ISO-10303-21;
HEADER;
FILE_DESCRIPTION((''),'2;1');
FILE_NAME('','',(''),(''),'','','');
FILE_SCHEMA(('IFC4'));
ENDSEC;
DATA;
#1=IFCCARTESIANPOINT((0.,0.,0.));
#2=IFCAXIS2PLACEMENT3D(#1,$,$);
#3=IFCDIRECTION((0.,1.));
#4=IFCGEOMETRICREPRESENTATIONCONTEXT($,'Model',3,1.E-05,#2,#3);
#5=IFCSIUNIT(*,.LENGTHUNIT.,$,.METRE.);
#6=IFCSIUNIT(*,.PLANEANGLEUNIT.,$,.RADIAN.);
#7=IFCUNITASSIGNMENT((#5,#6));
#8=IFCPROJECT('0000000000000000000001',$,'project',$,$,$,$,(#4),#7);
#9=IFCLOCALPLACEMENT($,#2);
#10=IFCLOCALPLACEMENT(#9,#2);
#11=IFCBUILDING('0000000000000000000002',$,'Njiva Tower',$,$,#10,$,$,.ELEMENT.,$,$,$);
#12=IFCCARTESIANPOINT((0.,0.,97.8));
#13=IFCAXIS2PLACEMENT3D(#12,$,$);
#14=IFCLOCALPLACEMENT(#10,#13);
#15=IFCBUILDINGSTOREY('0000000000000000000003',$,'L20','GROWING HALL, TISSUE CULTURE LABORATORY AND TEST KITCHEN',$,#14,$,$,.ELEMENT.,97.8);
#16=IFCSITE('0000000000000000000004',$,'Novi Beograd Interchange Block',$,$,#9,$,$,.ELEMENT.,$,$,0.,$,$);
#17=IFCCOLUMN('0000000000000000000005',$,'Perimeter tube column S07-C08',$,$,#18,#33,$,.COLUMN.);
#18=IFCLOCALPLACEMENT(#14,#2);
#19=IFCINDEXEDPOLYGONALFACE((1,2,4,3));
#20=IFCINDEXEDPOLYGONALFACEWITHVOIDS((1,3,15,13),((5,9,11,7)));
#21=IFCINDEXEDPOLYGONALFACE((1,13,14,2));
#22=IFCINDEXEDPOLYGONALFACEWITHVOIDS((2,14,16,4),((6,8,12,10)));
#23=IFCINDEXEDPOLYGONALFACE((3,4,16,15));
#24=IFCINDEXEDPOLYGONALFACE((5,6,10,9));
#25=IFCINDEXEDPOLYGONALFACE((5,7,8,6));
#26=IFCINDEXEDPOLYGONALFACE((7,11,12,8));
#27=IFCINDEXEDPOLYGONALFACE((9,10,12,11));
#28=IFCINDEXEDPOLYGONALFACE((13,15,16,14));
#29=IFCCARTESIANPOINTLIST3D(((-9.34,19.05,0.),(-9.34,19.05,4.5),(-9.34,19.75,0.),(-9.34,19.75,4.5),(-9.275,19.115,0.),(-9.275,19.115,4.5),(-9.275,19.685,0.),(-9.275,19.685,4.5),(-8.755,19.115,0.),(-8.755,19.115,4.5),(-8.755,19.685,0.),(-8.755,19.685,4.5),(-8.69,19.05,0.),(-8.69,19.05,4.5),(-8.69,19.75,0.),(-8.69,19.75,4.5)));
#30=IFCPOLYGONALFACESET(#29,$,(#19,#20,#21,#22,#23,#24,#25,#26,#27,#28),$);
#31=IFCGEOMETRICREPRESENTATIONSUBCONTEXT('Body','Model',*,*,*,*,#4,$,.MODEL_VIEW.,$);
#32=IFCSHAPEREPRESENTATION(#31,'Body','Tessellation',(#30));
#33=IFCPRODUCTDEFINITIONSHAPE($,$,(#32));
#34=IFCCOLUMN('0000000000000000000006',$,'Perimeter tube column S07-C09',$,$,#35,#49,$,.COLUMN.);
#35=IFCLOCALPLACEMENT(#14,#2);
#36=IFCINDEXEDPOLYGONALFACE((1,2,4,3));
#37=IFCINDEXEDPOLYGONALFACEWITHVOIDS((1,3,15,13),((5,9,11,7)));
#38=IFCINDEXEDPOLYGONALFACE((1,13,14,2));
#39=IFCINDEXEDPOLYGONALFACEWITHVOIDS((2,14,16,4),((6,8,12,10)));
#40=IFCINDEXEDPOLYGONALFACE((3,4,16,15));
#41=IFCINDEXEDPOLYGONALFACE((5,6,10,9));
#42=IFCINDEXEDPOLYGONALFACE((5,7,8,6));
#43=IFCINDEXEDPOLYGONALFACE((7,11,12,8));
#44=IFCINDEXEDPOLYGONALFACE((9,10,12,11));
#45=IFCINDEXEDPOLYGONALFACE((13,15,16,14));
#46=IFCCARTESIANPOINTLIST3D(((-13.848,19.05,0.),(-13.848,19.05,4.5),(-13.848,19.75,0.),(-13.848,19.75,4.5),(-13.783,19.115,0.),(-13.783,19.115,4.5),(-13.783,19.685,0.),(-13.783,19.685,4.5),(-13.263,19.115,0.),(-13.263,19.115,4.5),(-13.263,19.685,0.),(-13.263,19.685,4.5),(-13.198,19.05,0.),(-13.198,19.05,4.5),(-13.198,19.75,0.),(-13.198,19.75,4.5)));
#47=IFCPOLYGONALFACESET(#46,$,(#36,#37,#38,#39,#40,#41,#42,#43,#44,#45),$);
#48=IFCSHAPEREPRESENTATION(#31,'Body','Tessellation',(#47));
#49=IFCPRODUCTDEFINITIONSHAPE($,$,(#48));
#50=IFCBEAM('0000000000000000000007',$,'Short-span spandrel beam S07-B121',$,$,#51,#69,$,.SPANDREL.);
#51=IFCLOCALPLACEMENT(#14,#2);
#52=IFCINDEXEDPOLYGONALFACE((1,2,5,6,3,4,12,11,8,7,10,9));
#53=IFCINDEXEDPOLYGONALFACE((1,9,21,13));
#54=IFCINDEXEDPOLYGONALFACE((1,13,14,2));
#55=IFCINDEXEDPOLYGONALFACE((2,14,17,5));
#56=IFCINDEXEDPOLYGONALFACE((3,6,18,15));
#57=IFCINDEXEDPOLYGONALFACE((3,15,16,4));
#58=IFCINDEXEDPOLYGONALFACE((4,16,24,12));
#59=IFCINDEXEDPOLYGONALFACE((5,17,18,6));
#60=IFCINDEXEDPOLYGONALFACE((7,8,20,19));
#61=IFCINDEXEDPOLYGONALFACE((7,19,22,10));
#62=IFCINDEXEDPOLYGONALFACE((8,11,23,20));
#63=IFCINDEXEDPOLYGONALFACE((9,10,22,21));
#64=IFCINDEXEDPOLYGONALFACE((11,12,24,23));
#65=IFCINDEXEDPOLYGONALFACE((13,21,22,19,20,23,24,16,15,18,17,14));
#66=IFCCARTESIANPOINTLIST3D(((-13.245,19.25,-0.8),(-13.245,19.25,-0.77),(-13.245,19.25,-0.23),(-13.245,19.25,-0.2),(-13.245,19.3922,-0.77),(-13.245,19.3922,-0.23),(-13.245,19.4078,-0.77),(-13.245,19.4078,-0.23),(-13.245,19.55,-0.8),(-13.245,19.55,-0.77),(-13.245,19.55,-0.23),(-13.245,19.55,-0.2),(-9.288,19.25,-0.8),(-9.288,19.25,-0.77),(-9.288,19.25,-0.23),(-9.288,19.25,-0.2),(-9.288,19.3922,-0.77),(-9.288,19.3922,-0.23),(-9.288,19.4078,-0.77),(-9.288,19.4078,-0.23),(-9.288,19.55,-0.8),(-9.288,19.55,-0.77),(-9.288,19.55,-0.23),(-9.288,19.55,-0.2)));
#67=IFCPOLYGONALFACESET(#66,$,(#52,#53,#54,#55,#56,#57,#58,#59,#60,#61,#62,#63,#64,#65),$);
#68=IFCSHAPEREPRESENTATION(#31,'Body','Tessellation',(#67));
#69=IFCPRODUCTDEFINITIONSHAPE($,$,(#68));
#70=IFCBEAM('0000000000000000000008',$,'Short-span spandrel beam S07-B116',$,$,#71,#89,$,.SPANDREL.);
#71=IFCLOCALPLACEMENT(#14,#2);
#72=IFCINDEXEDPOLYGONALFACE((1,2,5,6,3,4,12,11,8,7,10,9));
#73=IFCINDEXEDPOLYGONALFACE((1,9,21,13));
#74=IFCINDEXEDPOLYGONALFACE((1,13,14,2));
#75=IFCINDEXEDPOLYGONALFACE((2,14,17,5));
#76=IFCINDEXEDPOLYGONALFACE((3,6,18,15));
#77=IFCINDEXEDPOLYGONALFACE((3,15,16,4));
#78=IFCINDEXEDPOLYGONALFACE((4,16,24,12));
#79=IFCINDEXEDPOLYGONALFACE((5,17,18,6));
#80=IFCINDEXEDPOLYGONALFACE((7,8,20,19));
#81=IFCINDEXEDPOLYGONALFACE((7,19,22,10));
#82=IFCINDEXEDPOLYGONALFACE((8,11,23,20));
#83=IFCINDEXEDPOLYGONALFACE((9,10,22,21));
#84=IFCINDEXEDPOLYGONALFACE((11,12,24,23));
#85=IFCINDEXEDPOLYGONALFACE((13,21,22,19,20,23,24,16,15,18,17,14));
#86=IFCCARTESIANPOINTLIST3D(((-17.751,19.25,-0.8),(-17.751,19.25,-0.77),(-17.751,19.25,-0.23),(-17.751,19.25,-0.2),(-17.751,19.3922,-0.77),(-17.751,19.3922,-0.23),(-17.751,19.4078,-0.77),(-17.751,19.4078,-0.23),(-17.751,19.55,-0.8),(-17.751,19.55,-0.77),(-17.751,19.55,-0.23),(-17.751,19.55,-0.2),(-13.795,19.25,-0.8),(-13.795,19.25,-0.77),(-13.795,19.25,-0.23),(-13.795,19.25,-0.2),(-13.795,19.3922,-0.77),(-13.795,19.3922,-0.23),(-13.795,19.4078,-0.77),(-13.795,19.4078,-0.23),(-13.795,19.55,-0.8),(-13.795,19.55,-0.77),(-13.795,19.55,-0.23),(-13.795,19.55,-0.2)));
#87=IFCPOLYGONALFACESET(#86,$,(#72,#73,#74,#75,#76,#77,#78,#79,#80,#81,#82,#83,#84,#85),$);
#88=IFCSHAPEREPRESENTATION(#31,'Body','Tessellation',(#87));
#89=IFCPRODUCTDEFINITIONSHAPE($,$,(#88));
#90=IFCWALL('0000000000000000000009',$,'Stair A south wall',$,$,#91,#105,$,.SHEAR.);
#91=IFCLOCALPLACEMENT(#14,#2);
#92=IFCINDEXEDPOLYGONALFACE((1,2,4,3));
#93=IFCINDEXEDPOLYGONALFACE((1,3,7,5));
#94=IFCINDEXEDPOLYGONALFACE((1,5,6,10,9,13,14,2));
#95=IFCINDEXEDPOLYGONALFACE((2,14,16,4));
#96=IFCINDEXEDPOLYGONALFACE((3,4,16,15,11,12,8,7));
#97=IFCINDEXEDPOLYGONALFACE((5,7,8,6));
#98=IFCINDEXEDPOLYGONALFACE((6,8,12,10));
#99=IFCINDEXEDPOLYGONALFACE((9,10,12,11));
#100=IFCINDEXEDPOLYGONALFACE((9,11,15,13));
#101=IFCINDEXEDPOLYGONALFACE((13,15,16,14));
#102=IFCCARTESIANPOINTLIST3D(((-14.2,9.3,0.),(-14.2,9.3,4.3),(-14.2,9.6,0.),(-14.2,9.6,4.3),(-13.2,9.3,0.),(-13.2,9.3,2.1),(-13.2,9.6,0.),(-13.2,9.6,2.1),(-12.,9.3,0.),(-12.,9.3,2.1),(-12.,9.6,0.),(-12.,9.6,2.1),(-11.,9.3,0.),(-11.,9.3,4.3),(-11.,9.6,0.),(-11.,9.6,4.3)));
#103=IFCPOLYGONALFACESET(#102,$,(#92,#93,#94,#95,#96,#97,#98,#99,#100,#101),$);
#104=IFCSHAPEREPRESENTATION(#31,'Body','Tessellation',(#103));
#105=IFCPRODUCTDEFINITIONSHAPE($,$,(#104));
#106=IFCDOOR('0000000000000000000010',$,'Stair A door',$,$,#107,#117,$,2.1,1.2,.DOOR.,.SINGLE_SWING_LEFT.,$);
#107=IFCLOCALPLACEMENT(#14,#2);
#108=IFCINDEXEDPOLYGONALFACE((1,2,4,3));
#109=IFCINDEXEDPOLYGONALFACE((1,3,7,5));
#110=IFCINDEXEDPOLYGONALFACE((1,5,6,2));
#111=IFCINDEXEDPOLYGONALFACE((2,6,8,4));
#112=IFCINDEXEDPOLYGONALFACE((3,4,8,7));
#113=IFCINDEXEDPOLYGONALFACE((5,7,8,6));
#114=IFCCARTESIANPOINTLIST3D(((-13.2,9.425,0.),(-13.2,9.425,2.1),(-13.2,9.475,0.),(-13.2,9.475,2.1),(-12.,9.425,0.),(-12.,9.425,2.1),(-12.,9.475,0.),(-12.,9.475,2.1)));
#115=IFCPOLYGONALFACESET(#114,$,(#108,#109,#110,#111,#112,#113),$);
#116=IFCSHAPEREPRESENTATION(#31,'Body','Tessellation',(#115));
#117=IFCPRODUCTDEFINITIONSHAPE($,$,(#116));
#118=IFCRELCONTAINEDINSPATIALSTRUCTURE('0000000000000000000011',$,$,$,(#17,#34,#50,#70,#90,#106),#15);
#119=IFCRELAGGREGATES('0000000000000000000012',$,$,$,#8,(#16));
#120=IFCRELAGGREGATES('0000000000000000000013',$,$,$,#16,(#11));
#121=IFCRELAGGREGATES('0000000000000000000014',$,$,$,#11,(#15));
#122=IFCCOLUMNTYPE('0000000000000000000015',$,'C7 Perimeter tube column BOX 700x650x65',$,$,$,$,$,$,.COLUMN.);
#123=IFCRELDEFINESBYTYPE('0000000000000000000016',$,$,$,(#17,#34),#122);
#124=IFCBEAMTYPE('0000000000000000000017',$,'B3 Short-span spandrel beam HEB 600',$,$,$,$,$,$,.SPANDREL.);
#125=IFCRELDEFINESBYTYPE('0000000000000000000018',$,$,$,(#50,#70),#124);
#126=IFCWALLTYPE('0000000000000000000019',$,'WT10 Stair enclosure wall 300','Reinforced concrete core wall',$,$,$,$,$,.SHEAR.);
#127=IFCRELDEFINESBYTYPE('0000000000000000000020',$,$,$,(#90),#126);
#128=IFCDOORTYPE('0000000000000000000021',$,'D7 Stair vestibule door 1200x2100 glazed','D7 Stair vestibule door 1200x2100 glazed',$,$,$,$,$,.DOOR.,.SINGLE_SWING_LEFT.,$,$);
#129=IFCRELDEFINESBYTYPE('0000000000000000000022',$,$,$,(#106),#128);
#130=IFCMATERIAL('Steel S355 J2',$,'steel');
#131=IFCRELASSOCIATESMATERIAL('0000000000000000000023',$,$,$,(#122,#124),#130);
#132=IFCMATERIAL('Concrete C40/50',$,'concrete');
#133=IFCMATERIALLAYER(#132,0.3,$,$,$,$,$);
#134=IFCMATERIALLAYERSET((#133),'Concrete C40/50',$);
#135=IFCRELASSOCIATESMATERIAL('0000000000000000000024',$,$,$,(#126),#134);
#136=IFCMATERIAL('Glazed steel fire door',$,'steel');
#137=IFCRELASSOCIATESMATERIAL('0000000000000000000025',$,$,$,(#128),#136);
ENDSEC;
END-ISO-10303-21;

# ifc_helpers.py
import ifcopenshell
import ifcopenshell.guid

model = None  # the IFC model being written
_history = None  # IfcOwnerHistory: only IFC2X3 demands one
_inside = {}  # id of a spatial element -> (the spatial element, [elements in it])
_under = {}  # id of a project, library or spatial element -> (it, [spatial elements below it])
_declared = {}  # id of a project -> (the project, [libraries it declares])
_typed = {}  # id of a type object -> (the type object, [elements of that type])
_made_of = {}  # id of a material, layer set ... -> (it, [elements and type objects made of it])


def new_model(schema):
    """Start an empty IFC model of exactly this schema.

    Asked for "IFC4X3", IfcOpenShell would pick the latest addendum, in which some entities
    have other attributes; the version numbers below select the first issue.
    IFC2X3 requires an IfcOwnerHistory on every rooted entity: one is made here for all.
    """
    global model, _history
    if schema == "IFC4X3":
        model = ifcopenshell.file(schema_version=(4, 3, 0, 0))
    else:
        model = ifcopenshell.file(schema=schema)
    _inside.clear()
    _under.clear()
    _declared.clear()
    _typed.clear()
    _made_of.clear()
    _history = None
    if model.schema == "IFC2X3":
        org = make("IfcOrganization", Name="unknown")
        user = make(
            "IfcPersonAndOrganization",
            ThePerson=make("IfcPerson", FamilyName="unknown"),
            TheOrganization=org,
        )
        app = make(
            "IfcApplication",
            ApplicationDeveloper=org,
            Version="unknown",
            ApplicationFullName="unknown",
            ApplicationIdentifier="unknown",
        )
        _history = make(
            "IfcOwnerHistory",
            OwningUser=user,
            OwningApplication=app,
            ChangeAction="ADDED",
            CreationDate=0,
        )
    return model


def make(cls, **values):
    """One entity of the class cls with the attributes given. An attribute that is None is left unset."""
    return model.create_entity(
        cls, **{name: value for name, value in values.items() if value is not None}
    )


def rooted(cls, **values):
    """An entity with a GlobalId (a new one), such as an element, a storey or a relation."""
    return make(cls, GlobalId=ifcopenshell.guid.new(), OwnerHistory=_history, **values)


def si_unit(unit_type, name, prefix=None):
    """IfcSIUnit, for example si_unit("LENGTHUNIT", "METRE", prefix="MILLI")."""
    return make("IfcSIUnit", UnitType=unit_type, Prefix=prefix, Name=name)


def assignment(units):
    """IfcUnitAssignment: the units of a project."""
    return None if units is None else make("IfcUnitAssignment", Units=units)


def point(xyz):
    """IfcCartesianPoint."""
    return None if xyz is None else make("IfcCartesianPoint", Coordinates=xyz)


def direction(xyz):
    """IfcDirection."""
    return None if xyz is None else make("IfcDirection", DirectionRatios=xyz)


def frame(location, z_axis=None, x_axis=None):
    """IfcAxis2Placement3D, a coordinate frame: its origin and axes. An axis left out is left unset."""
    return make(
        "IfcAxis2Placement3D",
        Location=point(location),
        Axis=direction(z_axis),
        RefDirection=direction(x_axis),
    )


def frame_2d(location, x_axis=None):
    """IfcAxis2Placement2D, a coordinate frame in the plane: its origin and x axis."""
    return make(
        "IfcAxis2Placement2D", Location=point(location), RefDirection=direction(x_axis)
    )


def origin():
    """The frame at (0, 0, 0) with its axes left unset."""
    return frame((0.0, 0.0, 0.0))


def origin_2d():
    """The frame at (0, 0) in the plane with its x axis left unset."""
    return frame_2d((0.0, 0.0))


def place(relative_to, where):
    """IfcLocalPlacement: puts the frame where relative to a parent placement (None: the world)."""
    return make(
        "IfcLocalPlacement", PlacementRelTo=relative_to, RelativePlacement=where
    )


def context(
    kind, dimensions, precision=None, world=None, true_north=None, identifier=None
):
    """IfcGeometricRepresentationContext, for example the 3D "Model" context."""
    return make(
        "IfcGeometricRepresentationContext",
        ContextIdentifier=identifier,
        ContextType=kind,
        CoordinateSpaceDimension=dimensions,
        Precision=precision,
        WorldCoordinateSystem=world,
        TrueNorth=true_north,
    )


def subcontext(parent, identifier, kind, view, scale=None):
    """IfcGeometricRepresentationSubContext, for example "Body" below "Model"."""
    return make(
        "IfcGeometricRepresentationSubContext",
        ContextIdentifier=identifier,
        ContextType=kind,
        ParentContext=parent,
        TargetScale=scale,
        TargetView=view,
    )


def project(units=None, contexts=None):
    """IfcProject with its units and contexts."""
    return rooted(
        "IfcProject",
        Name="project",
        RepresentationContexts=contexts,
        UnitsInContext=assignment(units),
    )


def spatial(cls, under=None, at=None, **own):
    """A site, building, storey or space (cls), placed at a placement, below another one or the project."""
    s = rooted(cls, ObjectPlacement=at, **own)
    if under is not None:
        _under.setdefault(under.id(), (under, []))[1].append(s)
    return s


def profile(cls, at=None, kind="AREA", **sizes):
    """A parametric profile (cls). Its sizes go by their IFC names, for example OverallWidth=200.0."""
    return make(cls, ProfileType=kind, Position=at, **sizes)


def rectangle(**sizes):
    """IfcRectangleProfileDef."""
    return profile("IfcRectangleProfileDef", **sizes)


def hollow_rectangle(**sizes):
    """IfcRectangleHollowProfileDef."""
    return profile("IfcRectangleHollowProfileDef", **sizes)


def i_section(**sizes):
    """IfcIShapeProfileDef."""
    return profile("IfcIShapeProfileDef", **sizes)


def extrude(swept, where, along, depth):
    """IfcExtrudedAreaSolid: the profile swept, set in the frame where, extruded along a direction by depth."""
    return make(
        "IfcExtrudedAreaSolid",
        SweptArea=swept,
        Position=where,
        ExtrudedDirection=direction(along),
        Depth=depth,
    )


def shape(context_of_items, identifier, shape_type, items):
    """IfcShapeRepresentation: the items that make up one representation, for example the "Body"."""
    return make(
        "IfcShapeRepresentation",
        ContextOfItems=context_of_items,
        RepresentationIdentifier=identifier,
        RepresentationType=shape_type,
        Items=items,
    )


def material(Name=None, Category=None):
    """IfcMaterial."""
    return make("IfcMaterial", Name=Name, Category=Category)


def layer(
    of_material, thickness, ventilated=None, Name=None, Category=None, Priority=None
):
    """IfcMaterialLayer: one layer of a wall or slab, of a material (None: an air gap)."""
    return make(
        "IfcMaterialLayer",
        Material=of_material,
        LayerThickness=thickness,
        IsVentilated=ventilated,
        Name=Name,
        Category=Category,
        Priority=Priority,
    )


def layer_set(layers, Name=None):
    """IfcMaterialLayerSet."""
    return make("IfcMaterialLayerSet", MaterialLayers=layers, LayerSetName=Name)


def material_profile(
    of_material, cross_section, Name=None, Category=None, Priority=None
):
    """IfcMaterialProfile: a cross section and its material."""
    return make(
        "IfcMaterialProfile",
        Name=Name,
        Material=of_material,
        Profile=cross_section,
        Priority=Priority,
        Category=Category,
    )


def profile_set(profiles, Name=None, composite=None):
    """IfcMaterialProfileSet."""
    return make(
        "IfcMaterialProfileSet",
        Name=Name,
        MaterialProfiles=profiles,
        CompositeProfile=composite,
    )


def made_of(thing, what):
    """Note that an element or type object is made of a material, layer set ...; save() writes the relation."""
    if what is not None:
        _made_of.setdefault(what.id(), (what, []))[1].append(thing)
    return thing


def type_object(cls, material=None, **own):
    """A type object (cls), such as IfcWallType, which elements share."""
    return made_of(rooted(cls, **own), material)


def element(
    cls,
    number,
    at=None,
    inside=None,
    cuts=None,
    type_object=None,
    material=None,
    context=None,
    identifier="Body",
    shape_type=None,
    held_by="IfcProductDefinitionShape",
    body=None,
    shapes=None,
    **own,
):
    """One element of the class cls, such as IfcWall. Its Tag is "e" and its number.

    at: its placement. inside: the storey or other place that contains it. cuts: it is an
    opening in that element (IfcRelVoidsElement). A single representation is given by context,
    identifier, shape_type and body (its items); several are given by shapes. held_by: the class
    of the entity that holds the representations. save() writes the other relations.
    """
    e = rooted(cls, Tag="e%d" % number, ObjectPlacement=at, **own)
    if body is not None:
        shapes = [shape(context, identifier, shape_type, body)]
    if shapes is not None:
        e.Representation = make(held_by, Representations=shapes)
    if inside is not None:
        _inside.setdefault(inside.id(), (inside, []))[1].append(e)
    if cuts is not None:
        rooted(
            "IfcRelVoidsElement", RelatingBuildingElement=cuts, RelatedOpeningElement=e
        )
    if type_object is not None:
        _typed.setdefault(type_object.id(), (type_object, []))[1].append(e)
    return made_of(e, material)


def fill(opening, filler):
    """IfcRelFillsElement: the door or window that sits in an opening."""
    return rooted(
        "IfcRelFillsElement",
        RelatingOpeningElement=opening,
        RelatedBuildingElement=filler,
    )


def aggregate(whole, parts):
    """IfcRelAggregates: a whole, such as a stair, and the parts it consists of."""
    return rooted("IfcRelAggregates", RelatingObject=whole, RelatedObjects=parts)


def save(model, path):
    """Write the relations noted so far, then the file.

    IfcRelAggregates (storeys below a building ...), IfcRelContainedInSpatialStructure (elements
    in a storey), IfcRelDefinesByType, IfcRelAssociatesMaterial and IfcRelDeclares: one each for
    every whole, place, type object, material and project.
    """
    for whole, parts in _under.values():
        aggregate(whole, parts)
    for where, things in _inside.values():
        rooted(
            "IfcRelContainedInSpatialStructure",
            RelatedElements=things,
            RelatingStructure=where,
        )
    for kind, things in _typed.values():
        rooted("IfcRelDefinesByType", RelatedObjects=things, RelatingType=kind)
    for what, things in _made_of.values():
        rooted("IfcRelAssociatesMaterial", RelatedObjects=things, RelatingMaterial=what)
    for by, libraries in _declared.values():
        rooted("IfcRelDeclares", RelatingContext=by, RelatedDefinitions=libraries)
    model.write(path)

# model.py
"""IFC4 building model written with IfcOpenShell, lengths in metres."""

from ifc_helpers import new_model, si_unit, direction, frame, frame_2d, origin, origin_2d, place, context, subcontext, project, spatial, rectangle, hollow_rectangle, i_section, extrude, material, layer, layer_set, material_profile, profile_set, type_object, element, fill, save


model = new_model("IFC4")

# Units and contexts
model_context = context("Model", 3, precision=1e-05, world=origin(), true_north=direction((0.0, 1.0)))
body_context = subcontext(model_context, "Body", "Model", "MODEL_VIEW")
ifc_project = project(units=[si_unit("LENGTHUNIT", "METRE"), si_unit("PLANEANGLEUNIT", "RADIAN")], contexts=[model_context])

# Site, building, storey
site_placement = place(None, origin())
site = spatial("IfcSite", under=ifc_project, at=site_placement, Name="Novi Beograd Interchange Block", CompositionType="ELEMENT", RefElevation=0.0)
building_placement = place(site_placement, origin())
building = spatial("IfcBuilding", under=site, at=building_placement, Name="Njiva Tower", CompositionType="ELEMENT")
storey_placement = place(building_placement, frame((0.0, 0.0, 97.8)))
storey = spatial("IfcBuildingStorey", under=building, at=storey_placement, Name="L20", Description="GROWING HALL, TISSUE CULTURE LABORATORY AND TEST KITCHEN", CompositionType="ELEMENT", Elevation=97.8)

# Columns
ifc_material_1 = material(Name="Steel S355 J2", Category="steel")
ifc_material_profile_1 = material_profile(ifc_material_1, hollow_rectangle(XDim=0.65, YDim=0.7, WallThickness=0.065, at=origin_2d()), Name="BOX 700x650x65")
ifc_profile_set_1 = profile_set([ifc_material_profile_1], Name="Steel S355 J2")
column_type = type_object("IfcColumnType", Name="C7 Perimeter tube column BOX 700x650x65", PredefinedType="COLUMN", material=ifc_profile_set_1)
for number, where, z_axis, x_axis, name in (
    (1, (-9.015, 19.4, 0.0), (0.0, 0.0, 1.0), (-1.0, 0.0, 0.0), "Perimeter tube column S07-C08"),
    (2, (-13.523, 19.4, 0.0), (0.0, 0.0, 1.0), (-1.0, 0.0, 0.0), "Perimeter tube column S07-C09"),
):
    element("IfcColumn", number, at=place(storey_placement, frame(where, z_axis=z_axis, x_axis=x_axis)), inside=storey, type_object=column_type, Name=name, PredefinedType="COLUMN", context=body_context, shape_type="SweptSolid", body=[
        extrude(hollow_rectangle(XDim=0.65, YDim=0.7, WallThickness=0.065, at=origin_2d()), origin(), (0.0, 0.0, 1.0), 4.5),
    ])

# Beams
ifc_material_profile_2 = material_profile(ifc_material_1, i_section(OverallWidth=0.3, OverallDepth=0.6, WebThickness=0.0155, FlangeThickness=0.03, at=origin_2d()), Name="HEB 600")
ifc_profile_set_2 = profile_set([ifc_material_profile_2], Name="Steel S355 J2")
beam_type = type_object("IfcBeamType", Name="B3 Short-span spandrel beam HEB 600", PredefinedType="SPANDREL", material=ifc_profile_set_2)
beam_1_placement = place(storey_placement, frame((-9.288, 19.4, -0.5), z_axis=(-1.0, 0.0, 0.0), x_axis=(0.0, -1.0, 0.0)))
element("IfcBeam", 3, at=beam_1_placement, inside=storey, type_object=beam_type, Name="Short-span spandrel beam S07-B121", PredefinedType="SPANDREL", context=body_context, shape_type="SweptSolid", body=[
    extrude(i_section(OverallWidth=0.3, OverallDepth=0.6, WebThickness=0.0155, FlangeThickness=0.03, at=origin_2d()), origin(), (0.0, 0.0, 1.0), 3.957),
])
beam_2_placement = place(storey_placement, frame((-13.795, 19.4, -0.5), z_axis=(-1.0, 0.0, 0.0), x_axis=(0.0, -1.0, 0.0)))
element("IfcBeam", 4, at=beam_2_placement, inside=storey, type_object=beam_type, Name="Short-span spandrel beam S07-B116", PredefinedType="SPANDREL", context=body_context, shape_type="SweptSolid", body=[
    extrude(i_section(OverallWidth=0.3, OverallDepth=0.6, WebThickness=0.0155, FlangeThickness=0.03, at=origin_2d()), origin(), (0.0, 0.0, 1.0), 3.956),
])

# Wall, opening, door
ifc_material_2 = material(Name="Concrete C40/50", Category="concrete")
ifc_layer_1 = layer(ifc_material_2, 0.3)
ifc_layer_set_1 = layer_set([ifc_layer_1], Name="Concrete C40/50")
wall_type_1 = type_object("IfcWallType", Name="WT10 Stair enclosure wall 300", Description="Reinforced concrete core wall", PredefinedType="SHEAR", material=ifc_layer_set_1)
wall_1_placement = place(storey_placement, frame((-14.2, 9.45, 0.0), z_axis=(0.0, 0.0, 1.0), x_axis=(1.0, 0.0, 0.0)))
wall_1 = element("IfcWall", 5, at=wall_1_placement, inside=storey, type_object=wall_type_1, Name="Stair A south wall", PredefinedType="SHEAR", context=body_context, shape_type="SweptSolid", body=[
    extrude(rectangle(XDim=3.2, YDim=0.3, at=frame_2d((1.6, 0.0))), origin(), (0.0, 0.0, 1.0), 4.3),
])
opening_1_placement = place(wall_1_placement, frame((1.0, 0.0, 0.0)))
opening_1 = element("IfcOpeningElement", 6, at=opening_1_placement, cuts=wall_1, PredefinedType="OPENING", context=body_context, shape_type="SweptSolid", body=[
    extrude(rectangle(XDim=1.2, YDim=2.1, at=frame_2d((0.6, 1.05))), frame((0.0, 0.16, 0.0), z_axis=(0.0, -1.0, 0.0), x_axis=(1.0, 0.0, 0.0)), (0.0, 0.0, 1.0), 0.32),
])
ifc_material_3 = material(Name="Glazed steel fire door", Category="steel")
door_type_1 = type_object("IfcDoorType", Name="D7 Stair vestibule door 1200x2100 glazed", Description="D7 Stair vestibule door 1200x2100 glazed", OperationType="SINGLE_SWING_LEFT", PredefinedType="DOOR", material=ifc_material_3)
door_1_placement = place(opening_1_placement, origin())
door_1 = element("IfcDoor", 7, at=door_1_placement, inside=storey, type_object=door_type_1, Name="Stair A door", OperationType="SINGLE_SWING_LEFT", OverallHeight=2.1, OverallWidth=1.2, PredefinedType="DOOR", context=body_context, shape_type="SweptSolid", body=[
    extrude(rectangle(XDim=1.2, YDim=2.1, at=frame_2d((0.6, 1.05))), frame((0.0, 0.025, 0.0), z_axis=(0.0, -1.0, 0.0), x_axis=(1.0, 0.0, 0.0)), (0.0, 0.0, 1.0), 0.05),
])
fill(opening_1, door_1)

save(model, "model.ifc")
